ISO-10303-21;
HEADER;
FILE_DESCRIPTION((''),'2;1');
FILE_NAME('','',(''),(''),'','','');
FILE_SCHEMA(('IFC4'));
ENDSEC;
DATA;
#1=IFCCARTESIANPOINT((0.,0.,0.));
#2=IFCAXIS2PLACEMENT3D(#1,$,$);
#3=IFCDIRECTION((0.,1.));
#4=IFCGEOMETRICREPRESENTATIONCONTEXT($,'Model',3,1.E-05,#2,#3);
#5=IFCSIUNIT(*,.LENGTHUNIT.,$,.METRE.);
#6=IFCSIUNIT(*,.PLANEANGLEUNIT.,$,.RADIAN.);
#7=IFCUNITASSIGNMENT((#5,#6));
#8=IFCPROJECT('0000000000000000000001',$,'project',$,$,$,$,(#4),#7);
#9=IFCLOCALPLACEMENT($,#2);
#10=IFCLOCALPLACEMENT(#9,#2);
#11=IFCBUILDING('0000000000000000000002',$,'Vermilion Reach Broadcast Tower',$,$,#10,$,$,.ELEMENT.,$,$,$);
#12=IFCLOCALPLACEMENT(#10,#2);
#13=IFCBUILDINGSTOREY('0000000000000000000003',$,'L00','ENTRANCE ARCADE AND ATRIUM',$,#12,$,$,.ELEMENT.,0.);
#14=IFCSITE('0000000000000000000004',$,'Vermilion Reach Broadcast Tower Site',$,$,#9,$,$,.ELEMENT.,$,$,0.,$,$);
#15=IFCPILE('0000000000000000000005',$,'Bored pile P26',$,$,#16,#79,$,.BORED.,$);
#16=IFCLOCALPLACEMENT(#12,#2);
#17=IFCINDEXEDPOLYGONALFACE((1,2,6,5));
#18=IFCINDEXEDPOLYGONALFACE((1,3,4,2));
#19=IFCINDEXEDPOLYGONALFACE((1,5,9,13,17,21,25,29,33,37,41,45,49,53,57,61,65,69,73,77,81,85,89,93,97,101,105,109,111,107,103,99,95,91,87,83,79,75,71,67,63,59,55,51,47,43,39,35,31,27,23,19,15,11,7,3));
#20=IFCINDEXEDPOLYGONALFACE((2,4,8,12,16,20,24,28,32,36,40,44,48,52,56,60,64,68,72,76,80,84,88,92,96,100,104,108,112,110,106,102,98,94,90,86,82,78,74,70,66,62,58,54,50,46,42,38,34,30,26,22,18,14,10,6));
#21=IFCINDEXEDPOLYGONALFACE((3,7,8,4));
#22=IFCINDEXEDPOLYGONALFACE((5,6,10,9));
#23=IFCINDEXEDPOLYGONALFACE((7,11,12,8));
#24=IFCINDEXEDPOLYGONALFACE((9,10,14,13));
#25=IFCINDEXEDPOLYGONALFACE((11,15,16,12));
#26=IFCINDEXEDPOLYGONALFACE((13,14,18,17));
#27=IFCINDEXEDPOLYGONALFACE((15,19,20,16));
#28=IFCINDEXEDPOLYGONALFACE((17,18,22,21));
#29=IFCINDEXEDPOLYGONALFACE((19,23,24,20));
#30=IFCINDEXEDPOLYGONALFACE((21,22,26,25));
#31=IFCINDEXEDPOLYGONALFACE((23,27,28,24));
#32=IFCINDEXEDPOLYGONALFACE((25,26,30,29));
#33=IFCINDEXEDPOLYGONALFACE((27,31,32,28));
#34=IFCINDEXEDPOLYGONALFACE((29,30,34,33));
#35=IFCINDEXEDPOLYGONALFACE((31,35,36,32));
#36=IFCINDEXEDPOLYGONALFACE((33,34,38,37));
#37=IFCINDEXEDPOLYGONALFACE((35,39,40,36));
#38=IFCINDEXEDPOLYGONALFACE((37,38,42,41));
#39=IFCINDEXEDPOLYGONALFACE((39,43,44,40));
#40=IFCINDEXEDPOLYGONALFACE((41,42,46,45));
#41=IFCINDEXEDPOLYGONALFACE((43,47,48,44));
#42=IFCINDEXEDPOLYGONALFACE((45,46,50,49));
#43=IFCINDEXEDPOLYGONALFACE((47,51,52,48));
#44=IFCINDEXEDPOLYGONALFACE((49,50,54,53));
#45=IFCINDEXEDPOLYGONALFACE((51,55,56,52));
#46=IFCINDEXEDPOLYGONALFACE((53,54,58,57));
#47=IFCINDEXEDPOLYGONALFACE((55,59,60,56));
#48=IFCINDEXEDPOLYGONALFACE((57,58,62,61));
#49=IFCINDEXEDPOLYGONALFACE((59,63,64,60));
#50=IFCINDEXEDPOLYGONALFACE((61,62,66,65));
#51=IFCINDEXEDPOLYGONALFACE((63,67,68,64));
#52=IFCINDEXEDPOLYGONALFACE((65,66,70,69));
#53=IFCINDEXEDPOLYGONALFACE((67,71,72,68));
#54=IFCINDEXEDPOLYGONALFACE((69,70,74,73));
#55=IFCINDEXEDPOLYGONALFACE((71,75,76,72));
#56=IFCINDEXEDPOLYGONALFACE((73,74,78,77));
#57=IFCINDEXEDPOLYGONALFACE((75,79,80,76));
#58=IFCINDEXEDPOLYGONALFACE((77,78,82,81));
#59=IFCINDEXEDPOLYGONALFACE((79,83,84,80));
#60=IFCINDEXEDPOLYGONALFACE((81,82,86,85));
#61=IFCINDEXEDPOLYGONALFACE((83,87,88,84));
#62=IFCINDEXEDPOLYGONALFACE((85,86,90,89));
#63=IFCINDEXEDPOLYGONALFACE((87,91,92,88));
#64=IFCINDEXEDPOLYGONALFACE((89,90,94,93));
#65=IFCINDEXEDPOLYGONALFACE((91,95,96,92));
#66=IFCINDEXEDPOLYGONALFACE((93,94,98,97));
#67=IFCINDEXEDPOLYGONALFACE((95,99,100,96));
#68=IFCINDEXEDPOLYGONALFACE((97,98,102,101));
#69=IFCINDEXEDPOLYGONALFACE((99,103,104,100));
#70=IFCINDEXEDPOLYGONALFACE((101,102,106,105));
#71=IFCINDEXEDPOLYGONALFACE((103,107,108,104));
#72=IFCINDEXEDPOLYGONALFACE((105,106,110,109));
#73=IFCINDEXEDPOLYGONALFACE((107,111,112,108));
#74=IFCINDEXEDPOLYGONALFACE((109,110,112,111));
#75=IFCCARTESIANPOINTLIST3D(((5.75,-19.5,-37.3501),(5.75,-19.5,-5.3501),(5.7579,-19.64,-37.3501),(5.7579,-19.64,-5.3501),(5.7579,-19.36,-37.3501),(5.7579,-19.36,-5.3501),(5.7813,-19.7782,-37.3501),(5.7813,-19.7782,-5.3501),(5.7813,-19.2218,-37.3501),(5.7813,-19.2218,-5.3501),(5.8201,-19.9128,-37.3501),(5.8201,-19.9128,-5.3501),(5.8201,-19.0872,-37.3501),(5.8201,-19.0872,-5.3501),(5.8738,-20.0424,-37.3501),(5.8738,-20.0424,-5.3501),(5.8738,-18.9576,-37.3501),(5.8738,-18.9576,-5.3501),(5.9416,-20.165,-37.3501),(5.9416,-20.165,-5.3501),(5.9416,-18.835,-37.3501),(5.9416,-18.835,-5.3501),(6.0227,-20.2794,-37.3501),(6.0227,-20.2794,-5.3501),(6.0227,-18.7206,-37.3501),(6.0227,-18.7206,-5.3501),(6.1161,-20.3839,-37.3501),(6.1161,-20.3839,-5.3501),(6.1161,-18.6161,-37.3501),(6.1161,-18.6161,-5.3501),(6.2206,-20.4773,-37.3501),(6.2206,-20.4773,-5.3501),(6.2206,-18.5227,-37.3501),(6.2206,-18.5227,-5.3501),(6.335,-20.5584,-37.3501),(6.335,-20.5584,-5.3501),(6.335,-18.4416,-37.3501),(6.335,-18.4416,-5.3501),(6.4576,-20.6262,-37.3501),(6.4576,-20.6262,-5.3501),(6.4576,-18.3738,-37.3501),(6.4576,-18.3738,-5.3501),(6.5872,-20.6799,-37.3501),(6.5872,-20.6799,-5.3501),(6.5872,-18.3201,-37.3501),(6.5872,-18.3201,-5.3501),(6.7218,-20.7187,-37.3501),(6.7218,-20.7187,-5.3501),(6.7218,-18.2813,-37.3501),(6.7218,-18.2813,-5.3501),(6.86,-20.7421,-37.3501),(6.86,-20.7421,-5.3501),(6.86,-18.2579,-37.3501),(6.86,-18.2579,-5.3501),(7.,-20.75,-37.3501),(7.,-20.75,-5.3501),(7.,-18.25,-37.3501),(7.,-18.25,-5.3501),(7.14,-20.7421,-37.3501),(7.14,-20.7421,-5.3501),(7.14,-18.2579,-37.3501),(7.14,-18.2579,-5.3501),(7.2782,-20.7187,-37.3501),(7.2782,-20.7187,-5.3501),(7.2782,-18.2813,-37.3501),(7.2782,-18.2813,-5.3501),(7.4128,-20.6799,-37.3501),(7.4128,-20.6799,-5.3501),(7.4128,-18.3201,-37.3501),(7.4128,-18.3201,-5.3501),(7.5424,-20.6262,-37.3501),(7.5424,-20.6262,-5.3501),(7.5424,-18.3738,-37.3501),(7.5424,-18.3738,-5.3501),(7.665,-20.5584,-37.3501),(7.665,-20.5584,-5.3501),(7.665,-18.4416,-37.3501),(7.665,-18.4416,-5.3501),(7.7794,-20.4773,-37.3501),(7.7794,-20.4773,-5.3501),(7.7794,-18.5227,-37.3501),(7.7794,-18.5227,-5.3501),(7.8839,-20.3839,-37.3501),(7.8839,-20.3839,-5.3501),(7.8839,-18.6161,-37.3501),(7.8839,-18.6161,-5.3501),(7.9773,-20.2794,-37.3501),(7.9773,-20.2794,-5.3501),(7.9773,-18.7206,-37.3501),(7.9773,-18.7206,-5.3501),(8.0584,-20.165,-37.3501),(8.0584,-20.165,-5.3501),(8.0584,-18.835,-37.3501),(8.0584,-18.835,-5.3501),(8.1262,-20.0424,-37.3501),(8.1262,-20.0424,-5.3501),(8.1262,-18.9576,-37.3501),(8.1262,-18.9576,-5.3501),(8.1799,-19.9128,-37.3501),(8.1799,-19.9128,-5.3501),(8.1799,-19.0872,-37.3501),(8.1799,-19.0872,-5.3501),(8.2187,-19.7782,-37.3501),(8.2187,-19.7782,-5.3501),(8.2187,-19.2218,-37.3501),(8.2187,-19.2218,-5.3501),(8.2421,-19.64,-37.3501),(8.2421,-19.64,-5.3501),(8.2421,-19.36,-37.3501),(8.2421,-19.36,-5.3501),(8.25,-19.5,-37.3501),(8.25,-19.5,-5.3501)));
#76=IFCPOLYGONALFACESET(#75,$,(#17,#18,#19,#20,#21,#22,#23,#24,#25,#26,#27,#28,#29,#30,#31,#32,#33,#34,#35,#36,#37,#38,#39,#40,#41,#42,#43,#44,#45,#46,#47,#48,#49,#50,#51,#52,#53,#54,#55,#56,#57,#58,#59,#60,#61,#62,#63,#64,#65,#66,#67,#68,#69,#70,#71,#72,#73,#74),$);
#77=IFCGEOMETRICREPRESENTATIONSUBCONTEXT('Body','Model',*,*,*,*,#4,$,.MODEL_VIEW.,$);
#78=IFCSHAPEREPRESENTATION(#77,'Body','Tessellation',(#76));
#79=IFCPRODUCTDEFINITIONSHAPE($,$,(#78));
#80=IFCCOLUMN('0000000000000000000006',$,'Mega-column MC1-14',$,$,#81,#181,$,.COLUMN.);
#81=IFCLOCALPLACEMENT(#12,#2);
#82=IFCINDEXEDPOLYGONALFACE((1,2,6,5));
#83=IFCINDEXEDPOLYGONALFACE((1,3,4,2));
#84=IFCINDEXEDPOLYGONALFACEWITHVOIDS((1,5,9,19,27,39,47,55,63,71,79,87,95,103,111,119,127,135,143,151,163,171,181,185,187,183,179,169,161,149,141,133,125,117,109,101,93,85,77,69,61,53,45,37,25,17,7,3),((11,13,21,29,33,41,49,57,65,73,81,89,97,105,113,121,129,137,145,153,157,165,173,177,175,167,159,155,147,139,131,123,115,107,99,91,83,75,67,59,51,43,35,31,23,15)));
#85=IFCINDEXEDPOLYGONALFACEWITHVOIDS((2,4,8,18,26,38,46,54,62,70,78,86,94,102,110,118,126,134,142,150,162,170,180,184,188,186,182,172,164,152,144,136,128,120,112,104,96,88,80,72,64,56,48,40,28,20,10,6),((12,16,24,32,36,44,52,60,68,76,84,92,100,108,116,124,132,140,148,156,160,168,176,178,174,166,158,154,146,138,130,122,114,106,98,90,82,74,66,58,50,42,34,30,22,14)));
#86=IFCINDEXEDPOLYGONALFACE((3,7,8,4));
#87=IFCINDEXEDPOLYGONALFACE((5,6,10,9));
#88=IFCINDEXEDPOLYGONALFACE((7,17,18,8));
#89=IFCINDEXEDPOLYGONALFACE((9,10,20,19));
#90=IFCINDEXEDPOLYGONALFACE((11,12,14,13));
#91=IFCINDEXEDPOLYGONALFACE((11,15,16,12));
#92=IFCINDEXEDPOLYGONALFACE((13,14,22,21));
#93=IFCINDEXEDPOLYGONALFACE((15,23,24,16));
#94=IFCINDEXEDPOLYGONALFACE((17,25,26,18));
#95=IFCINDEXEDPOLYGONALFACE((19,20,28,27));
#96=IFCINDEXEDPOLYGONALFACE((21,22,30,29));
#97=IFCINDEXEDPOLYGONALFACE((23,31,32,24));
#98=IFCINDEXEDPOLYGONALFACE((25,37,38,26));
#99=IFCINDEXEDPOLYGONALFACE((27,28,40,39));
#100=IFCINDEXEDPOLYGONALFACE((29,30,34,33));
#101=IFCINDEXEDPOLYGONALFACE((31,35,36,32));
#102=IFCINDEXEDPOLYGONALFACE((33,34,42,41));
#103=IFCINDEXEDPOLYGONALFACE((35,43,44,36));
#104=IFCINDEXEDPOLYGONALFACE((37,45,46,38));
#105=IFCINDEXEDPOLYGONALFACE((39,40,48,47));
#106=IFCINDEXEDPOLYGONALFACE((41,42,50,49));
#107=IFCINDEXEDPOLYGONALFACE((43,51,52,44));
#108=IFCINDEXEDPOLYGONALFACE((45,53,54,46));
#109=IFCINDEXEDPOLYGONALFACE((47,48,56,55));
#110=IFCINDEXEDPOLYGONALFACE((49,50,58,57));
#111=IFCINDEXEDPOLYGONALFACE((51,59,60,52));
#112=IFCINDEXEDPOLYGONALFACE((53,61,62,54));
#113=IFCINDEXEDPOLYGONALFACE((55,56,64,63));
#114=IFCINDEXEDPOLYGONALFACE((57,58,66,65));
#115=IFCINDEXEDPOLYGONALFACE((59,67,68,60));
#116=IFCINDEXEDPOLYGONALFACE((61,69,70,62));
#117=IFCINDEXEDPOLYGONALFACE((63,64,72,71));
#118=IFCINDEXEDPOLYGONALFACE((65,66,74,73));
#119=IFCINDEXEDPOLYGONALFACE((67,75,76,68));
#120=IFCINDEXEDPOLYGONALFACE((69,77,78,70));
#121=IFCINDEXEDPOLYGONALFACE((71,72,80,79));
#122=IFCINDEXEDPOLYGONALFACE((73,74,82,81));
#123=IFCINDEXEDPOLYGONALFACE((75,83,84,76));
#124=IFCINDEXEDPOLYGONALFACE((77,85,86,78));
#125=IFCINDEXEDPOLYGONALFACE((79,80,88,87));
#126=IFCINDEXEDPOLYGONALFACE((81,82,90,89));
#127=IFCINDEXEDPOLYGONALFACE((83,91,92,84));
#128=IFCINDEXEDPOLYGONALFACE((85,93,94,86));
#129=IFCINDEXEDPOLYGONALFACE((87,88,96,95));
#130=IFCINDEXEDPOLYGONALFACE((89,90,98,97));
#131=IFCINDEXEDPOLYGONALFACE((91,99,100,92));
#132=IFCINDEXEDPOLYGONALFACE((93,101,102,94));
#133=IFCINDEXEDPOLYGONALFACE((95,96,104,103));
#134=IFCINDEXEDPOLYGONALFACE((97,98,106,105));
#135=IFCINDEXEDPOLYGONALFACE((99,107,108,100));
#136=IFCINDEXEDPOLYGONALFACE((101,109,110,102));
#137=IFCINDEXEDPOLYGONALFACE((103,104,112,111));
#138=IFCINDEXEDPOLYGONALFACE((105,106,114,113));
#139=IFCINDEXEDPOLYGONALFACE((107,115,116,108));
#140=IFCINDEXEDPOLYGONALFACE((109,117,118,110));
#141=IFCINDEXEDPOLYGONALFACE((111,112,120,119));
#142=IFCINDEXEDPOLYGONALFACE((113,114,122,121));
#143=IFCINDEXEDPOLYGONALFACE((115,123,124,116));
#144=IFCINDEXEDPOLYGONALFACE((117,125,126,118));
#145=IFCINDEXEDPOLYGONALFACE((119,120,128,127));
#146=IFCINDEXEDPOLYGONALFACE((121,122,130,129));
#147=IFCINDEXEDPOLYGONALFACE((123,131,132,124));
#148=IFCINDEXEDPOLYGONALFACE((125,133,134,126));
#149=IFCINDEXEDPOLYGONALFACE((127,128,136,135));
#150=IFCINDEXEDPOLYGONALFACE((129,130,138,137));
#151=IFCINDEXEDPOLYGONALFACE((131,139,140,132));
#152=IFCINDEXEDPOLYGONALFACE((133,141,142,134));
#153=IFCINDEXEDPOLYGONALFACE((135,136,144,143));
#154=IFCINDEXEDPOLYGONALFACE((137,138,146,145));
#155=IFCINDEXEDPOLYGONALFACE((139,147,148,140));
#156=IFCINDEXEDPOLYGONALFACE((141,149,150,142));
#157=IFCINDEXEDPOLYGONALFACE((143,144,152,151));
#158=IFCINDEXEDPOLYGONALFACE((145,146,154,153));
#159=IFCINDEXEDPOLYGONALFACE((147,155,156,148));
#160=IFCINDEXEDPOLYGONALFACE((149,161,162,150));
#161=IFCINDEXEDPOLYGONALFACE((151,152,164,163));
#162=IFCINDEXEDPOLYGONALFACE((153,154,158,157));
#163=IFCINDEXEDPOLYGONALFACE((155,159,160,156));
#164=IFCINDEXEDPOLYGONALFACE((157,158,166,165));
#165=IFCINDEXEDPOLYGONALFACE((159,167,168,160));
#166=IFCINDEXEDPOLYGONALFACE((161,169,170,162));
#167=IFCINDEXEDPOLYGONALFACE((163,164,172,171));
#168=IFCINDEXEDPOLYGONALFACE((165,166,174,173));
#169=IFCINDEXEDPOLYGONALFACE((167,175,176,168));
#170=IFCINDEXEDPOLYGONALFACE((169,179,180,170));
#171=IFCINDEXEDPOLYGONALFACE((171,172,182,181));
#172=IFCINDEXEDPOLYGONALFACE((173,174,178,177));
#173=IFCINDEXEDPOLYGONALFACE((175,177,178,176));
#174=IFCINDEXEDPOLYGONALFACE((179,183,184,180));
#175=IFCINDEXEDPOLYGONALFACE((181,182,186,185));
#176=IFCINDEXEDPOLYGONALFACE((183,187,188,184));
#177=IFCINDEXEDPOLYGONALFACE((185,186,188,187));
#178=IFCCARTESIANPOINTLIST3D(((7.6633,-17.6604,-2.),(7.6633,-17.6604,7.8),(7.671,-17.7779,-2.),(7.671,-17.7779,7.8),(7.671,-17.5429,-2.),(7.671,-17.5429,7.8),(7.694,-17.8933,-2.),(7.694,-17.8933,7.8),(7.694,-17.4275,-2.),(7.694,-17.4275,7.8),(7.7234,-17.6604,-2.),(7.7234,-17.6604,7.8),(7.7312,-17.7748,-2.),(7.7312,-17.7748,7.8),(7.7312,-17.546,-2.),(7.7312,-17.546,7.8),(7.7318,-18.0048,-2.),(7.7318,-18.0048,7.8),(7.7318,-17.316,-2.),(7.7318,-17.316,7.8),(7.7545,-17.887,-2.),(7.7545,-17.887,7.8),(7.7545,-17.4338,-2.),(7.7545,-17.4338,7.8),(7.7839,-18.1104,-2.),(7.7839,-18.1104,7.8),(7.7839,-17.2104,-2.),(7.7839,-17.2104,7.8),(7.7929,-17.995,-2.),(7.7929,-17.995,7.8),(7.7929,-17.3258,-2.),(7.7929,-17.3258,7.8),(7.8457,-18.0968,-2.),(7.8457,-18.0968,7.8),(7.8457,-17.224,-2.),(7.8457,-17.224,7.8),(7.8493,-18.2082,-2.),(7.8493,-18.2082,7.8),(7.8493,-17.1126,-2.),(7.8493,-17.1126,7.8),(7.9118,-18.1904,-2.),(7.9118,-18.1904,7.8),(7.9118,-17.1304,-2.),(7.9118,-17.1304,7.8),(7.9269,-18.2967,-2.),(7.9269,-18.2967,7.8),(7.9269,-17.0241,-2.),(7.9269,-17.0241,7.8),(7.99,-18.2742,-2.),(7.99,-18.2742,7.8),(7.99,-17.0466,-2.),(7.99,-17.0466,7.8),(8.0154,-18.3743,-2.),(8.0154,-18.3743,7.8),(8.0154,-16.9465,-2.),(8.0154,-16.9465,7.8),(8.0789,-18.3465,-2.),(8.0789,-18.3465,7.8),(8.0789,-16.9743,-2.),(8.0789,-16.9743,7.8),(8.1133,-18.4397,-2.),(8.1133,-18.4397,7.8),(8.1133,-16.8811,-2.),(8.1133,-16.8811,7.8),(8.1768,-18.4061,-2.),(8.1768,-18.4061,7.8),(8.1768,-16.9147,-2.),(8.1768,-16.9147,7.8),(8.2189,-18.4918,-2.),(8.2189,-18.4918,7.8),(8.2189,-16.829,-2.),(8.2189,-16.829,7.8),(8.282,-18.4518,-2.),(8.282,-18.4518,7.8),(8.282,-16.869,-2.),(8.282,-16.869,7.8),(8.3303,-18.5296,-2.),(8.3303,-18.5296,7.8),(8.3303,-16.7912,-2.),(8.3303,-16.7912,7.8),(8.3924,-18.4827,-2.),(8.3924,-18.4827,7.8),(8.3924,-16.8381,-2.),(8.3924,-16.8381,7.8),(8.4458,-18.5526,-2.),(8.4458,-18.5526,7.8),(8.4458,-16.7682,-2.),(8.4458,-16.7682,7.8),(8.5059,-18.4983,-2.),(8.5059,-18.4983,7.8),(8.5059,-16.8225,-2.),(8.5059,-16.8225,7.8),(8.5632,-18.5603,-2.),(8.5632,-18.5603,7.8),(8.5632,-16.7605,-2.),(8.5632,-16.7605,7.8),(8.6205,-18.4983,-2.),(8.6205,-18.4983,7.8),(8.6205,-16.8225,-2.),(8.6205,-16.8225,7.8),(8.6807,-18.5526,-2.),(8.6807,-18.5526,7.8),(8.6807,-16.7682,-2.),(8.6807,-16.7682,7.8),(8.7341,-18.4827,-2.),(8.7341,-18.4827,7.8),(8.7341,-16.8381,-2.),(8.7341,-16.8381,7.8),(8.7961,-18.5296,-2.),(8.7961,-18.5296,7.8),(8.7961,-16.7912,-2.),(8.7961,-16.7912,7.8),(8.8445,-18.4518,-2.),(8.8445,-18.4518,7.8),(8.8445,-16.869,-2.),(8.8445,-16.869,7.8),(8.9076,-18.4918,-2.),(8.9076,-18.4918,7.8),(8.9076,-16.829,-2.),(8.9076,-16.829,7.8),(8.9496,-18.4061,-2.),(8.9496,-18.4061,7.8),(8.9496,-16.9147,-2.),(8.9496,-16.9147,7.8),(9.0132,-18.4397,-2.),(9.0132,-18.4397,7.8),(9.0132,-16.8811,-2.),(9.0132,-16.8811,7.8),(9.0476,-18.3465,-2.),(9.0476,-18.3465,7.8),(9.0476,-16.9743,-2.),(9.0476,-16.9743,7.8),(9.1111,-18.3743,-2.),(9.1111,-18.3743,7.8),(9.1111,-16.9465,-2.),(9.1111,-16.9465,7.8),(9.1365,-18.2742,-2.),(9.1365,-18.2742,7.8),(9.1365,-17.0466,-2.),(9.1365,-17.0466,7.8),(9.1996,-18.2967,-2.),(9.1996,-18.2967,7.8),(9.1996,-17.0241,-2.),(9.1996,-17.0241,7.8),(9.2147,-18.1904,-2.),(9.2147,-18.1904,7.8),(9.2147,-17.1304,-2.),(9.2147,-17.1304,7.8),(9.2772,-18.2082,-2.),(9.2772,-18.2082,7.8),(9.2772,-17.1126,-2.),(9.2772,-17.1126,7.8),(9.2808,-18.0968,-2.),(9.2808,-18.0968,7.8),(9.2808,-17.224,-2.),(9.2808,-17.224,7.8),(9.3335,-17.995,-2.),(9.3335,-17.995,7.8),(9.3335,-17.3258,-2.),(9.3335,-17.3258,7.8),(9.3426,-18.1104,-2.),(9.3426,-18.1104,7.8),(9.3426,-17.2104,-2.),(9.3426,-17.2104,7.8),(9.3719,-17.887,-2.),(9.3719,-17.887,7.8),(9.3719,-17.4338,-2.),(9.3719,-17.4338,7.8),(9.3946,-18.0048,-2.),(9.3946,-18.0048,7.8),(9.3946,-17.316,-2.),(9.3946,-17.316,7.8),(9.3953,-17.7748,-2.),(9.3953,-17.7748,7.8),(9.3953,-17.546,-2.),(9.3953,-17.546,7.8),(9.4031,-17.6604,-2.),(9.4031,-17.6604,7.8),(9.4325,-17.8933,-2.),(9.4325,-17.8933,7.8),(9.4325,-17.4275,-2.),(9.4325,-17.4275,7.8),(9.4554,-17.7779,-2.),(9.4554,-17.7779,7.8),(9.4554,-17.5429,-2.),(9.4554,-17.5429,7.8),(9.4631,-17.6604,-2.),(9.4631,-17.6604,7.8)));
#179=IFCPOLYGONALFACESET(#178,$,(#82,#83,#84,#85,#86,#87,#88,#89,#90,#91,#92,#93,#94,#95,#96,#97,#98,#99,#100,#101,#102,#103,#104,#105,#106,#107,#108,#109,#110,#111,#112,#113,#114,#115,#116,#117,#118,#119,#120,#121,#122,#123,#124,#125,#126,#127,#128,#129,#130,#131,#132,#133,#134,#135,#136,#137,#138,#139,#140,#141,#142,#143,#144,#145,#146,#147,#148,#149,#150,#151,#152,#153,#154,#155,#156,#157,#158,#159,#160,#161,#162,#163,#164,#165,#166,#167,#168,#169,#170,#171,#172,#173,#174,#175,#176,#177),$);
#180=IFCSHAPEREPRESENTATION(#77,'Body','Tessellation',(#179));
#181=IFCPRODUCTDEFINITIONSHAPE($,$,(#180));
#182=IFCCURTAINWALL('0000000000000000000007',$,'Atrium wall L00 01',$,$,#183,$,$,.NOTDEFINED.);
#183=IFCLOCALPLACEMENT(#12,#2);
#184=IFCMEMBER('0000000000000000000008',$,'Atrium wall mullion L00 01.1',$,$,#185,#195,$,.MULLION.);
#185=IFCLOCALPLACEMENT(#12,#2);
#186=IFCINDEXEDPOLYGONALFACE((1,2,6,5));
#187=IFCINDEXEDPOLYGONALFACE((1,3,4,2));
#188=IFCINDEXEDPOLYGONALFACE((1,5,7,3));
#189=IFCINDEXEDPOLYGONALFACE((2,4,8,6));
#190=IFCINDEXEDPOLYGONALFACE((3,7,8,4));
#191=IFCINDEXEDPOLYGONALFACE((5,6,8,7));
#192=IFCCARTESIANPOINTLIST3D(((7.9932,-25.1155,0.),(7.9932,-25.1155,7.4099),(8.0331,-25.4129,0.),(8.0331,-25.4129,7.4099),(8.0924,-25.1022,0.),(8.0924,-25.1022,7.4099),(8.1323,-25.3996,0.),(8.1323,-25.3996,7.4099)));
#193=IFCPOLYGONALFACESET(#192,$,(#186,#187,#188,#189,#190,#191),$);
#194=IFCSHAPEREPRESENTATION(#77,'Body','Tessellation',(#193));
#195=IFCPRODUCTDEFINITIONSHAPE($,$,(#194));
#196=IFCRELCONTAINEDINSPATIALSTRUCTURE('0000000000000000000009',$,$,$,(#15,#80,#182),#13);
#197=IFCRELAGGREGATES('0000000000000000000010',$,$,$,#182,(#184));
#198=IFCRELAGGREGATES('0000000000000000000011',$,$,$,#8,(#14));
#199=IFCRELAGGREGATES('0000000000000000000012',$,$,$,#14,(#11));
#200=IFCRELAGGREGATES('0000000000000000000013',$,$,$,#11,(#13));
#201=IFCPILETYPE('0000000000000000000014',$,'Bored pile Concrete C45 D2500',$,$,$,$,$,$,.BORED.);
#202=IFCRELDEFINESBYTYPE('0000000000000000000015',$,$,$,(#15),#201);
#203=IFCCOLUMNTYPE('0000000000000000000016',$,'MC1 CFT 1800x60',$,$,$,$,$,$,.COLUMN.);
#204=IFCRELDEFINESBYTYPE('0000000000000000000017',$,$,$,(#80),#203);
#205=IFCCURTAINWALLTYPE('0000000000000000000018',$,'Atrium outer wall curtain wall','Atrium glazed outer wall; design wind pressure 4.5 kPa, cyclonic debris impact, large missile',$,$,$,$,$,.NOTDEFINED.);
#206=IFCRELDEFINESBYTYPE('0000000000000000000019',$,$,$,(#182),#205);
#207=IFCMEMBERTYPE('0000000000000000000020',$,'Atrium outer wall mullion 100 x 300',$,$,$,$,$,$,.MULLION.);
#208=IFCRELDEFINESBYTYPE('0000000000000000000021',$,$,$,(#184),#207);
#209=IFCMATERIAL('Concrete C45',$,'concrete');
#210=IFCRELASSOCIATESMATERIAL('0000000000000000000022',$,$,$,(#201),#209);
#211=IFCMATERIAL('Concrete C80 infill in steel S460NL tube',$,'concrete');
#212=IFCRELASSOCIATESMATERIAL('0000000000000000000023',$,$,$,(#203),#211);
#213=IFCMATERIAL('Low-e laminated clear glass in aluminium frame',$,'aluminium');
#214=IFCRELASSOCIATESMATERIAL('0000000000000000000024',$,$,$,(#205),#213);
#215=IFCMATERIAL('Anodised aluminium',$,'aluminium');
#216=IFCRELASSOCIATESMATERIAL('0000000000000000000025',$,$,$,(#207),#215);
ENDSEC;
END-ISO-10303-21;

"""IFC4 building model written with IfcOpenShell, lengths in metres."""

from ifc_helpers import new_model, si_unit, direction, frame, origin, origin_2d, place, context, subcontext, project, spatial, rectangle, circle, hollow_circle, extrude, material, material_profile, profile_set, type_object, element, aggregate, save


model = new_model("IFC4")

# Units and contexts
model_context = context("Model", 3, precision=1e-05, world=origin(), true_north=direction((0.0, 1.0)))
body_context = subcontext(model_context, "Body", "Model", "MODEL_VIEW")
ifc_project = project(units=[si_unit("LENGTHUNIT", "METRE"), si_unit("PLANEANGLEUNIT", "RADIAN")], contexts=[model_context])

# Site, building, storey
site_placement = place(None, origin())
site = spatial("IfcSite", under=ifc_project, at=site_placement, Name="Vermilion Reach Broadcast Tower Site", CompositionType="ELEMENT", RefElevation=0.0)
building_placement = place(site_placement, origin())
building = spatial("IfcBuilding", under=site, at=building_placement, Name="Vermilion Reach Broadcast Tower", CompositionType="ELEMENT")
storey_placement = place(building_placement, origin())
storey = spatial("IfcBuildingStorey", under=building, at=storey_placement, Name="L00", Description="ENTRANCE ARCADE AND ATRIUM", CompositionType="ELEMENT", Elevation=0.0)

# Pile
ifc_material_1 = material(Name="Concrete C45", Category="concrete")
ifc_material_profile_1 = material_profile(ifc_material_1, circle(Radius=1.25, at=origin_2d()), Name="Concrete C45 D2500")
ifc_profile_set_1 = profile_set([ifc_material_profile_1], Name="Concrete C45")
pile_type = type_object("IfcPileType", Name="Bored pile Concrete C45 D2500", PredefinedType="BORED", material=ifc_profile_set_1)
pile_placement = place(storey_placement, frame((7.0, -19.5, -5.3501), z_axis=(0.0, 0.0, -1.0), x_axis=(1.0, 0.0, 0.0)))
element("IfcPile", 1, at=pile_placement, inside=storey, type_object=pile_type, Name="Bored pile P26", PredefinedType="BORED", context=body_context, shape_type="SweptSolid", body=[
    extrude(circle(Radius=1.25, at=origin_2d()), origin(), (0.0, 0.0, 1.0), 32.0),
])

# Column
ifc_material_2 = material(Name="Concrete C80 infill in steel S460NL tube", Category="concrete")
ifc_material_profile_2 = material_profile(ifc_material_2, hollow_circle(Radius=0.8999, WallThickness=0.0601, at=origin_2d()), Name="Concrete C80 infill in steel S460NL tube CFT 1800x60")
ifc_profile_set_2 = profile_set([ifc_material_profile_2], Name="Concrete C80 infill in steel S460NL tube")
column_type = type_object("IfcColumnType", Name="MC1 CFT 1800x60", PredefinedType="COLUMN", material=ifc_profile_set_2)
column_placement = place(storey_placement, frame((8.5632, -17.6604, -2.0), z_axis=(0.0, 0.0, 1.0), x_axis=(1.0, 0.0, 0.0)))
element("IfcColumn", 2, at=column_placement, inside=storey, type_object=column_type, Name="Mega-column MC1-14", PredefinedType="COLUMN", context=body_context, shape_type="SweptSolid", body=[
    extrude(hollow_circle(Radius=0.8999, WallThickness=0.0601, at=origin_2d()), origin(), (0.0, 0.0, 1.0), 9.8),
])

# Curtain wall, member
ifc_material_3 = material(Name="Low-e laminated clear glass in aluminium frame", Category="aluminium")
curtain_wall_type_1 = type_object("IfcCurtainWallType", Name="Atrium outer wall curtain wall", Description="Atrium glazed outer wall; design wind pressure 4.5 kPa, cyclonic debris impact, large missile", PredefinedType="NOTDEFINED", material=ifc_material_3)
placement = place(storey_placement, origin())
curtain_wall_1 = element("IfcCurtainWall", 3, at=placement, inside=storey, type_object=curtain_wall_type_1, Name="Atrium wall L00 01", PredefinedType="NOTDEFINED")
ifc_material_4 = material(Name="Anodised aluminium", Category="aluminium")
ifc_material_profile_3 = material_profile(ifc_material_4, rectangle(XDim=0.3, YDim=0.1001, at=origin_2d()), Name="Atrium outer wall mullion 100 x 300")
ifc_profile_set_3 = profile_set([ifc_material_profile_3], Name="Anodised aluminium")
member_type_1 = type_object("IfcMemberType", Name="Atrium outer wall mullion 100 x 300", PredefinedType="MULLION", material=ifc_profile_set_3)
member_1_placement = place(storey_placement, frame((8.0627, -25.2576, 0.0), z_axis=(0.0, 0.0, 1.0), x_axis=(-0.132794, 0.991144, 0.0)))
member_1 = element("IfcMember", 4, at=member_1_placement, type_object=member_type_1, Name="Atrium wall mullion L00 01.1", PredefinedType="MULLION", context=body_context, shape_type="SweptSolid", body=[
    extrude(rectangle(XDim=0.3, YDim=0.1001, at=origin_2d()), origin(), (0.0, 0.0, 1.0), 7.4099),
])

aggregate(curtain_wall_1, [member_1])

save(model, "model.ifc")
